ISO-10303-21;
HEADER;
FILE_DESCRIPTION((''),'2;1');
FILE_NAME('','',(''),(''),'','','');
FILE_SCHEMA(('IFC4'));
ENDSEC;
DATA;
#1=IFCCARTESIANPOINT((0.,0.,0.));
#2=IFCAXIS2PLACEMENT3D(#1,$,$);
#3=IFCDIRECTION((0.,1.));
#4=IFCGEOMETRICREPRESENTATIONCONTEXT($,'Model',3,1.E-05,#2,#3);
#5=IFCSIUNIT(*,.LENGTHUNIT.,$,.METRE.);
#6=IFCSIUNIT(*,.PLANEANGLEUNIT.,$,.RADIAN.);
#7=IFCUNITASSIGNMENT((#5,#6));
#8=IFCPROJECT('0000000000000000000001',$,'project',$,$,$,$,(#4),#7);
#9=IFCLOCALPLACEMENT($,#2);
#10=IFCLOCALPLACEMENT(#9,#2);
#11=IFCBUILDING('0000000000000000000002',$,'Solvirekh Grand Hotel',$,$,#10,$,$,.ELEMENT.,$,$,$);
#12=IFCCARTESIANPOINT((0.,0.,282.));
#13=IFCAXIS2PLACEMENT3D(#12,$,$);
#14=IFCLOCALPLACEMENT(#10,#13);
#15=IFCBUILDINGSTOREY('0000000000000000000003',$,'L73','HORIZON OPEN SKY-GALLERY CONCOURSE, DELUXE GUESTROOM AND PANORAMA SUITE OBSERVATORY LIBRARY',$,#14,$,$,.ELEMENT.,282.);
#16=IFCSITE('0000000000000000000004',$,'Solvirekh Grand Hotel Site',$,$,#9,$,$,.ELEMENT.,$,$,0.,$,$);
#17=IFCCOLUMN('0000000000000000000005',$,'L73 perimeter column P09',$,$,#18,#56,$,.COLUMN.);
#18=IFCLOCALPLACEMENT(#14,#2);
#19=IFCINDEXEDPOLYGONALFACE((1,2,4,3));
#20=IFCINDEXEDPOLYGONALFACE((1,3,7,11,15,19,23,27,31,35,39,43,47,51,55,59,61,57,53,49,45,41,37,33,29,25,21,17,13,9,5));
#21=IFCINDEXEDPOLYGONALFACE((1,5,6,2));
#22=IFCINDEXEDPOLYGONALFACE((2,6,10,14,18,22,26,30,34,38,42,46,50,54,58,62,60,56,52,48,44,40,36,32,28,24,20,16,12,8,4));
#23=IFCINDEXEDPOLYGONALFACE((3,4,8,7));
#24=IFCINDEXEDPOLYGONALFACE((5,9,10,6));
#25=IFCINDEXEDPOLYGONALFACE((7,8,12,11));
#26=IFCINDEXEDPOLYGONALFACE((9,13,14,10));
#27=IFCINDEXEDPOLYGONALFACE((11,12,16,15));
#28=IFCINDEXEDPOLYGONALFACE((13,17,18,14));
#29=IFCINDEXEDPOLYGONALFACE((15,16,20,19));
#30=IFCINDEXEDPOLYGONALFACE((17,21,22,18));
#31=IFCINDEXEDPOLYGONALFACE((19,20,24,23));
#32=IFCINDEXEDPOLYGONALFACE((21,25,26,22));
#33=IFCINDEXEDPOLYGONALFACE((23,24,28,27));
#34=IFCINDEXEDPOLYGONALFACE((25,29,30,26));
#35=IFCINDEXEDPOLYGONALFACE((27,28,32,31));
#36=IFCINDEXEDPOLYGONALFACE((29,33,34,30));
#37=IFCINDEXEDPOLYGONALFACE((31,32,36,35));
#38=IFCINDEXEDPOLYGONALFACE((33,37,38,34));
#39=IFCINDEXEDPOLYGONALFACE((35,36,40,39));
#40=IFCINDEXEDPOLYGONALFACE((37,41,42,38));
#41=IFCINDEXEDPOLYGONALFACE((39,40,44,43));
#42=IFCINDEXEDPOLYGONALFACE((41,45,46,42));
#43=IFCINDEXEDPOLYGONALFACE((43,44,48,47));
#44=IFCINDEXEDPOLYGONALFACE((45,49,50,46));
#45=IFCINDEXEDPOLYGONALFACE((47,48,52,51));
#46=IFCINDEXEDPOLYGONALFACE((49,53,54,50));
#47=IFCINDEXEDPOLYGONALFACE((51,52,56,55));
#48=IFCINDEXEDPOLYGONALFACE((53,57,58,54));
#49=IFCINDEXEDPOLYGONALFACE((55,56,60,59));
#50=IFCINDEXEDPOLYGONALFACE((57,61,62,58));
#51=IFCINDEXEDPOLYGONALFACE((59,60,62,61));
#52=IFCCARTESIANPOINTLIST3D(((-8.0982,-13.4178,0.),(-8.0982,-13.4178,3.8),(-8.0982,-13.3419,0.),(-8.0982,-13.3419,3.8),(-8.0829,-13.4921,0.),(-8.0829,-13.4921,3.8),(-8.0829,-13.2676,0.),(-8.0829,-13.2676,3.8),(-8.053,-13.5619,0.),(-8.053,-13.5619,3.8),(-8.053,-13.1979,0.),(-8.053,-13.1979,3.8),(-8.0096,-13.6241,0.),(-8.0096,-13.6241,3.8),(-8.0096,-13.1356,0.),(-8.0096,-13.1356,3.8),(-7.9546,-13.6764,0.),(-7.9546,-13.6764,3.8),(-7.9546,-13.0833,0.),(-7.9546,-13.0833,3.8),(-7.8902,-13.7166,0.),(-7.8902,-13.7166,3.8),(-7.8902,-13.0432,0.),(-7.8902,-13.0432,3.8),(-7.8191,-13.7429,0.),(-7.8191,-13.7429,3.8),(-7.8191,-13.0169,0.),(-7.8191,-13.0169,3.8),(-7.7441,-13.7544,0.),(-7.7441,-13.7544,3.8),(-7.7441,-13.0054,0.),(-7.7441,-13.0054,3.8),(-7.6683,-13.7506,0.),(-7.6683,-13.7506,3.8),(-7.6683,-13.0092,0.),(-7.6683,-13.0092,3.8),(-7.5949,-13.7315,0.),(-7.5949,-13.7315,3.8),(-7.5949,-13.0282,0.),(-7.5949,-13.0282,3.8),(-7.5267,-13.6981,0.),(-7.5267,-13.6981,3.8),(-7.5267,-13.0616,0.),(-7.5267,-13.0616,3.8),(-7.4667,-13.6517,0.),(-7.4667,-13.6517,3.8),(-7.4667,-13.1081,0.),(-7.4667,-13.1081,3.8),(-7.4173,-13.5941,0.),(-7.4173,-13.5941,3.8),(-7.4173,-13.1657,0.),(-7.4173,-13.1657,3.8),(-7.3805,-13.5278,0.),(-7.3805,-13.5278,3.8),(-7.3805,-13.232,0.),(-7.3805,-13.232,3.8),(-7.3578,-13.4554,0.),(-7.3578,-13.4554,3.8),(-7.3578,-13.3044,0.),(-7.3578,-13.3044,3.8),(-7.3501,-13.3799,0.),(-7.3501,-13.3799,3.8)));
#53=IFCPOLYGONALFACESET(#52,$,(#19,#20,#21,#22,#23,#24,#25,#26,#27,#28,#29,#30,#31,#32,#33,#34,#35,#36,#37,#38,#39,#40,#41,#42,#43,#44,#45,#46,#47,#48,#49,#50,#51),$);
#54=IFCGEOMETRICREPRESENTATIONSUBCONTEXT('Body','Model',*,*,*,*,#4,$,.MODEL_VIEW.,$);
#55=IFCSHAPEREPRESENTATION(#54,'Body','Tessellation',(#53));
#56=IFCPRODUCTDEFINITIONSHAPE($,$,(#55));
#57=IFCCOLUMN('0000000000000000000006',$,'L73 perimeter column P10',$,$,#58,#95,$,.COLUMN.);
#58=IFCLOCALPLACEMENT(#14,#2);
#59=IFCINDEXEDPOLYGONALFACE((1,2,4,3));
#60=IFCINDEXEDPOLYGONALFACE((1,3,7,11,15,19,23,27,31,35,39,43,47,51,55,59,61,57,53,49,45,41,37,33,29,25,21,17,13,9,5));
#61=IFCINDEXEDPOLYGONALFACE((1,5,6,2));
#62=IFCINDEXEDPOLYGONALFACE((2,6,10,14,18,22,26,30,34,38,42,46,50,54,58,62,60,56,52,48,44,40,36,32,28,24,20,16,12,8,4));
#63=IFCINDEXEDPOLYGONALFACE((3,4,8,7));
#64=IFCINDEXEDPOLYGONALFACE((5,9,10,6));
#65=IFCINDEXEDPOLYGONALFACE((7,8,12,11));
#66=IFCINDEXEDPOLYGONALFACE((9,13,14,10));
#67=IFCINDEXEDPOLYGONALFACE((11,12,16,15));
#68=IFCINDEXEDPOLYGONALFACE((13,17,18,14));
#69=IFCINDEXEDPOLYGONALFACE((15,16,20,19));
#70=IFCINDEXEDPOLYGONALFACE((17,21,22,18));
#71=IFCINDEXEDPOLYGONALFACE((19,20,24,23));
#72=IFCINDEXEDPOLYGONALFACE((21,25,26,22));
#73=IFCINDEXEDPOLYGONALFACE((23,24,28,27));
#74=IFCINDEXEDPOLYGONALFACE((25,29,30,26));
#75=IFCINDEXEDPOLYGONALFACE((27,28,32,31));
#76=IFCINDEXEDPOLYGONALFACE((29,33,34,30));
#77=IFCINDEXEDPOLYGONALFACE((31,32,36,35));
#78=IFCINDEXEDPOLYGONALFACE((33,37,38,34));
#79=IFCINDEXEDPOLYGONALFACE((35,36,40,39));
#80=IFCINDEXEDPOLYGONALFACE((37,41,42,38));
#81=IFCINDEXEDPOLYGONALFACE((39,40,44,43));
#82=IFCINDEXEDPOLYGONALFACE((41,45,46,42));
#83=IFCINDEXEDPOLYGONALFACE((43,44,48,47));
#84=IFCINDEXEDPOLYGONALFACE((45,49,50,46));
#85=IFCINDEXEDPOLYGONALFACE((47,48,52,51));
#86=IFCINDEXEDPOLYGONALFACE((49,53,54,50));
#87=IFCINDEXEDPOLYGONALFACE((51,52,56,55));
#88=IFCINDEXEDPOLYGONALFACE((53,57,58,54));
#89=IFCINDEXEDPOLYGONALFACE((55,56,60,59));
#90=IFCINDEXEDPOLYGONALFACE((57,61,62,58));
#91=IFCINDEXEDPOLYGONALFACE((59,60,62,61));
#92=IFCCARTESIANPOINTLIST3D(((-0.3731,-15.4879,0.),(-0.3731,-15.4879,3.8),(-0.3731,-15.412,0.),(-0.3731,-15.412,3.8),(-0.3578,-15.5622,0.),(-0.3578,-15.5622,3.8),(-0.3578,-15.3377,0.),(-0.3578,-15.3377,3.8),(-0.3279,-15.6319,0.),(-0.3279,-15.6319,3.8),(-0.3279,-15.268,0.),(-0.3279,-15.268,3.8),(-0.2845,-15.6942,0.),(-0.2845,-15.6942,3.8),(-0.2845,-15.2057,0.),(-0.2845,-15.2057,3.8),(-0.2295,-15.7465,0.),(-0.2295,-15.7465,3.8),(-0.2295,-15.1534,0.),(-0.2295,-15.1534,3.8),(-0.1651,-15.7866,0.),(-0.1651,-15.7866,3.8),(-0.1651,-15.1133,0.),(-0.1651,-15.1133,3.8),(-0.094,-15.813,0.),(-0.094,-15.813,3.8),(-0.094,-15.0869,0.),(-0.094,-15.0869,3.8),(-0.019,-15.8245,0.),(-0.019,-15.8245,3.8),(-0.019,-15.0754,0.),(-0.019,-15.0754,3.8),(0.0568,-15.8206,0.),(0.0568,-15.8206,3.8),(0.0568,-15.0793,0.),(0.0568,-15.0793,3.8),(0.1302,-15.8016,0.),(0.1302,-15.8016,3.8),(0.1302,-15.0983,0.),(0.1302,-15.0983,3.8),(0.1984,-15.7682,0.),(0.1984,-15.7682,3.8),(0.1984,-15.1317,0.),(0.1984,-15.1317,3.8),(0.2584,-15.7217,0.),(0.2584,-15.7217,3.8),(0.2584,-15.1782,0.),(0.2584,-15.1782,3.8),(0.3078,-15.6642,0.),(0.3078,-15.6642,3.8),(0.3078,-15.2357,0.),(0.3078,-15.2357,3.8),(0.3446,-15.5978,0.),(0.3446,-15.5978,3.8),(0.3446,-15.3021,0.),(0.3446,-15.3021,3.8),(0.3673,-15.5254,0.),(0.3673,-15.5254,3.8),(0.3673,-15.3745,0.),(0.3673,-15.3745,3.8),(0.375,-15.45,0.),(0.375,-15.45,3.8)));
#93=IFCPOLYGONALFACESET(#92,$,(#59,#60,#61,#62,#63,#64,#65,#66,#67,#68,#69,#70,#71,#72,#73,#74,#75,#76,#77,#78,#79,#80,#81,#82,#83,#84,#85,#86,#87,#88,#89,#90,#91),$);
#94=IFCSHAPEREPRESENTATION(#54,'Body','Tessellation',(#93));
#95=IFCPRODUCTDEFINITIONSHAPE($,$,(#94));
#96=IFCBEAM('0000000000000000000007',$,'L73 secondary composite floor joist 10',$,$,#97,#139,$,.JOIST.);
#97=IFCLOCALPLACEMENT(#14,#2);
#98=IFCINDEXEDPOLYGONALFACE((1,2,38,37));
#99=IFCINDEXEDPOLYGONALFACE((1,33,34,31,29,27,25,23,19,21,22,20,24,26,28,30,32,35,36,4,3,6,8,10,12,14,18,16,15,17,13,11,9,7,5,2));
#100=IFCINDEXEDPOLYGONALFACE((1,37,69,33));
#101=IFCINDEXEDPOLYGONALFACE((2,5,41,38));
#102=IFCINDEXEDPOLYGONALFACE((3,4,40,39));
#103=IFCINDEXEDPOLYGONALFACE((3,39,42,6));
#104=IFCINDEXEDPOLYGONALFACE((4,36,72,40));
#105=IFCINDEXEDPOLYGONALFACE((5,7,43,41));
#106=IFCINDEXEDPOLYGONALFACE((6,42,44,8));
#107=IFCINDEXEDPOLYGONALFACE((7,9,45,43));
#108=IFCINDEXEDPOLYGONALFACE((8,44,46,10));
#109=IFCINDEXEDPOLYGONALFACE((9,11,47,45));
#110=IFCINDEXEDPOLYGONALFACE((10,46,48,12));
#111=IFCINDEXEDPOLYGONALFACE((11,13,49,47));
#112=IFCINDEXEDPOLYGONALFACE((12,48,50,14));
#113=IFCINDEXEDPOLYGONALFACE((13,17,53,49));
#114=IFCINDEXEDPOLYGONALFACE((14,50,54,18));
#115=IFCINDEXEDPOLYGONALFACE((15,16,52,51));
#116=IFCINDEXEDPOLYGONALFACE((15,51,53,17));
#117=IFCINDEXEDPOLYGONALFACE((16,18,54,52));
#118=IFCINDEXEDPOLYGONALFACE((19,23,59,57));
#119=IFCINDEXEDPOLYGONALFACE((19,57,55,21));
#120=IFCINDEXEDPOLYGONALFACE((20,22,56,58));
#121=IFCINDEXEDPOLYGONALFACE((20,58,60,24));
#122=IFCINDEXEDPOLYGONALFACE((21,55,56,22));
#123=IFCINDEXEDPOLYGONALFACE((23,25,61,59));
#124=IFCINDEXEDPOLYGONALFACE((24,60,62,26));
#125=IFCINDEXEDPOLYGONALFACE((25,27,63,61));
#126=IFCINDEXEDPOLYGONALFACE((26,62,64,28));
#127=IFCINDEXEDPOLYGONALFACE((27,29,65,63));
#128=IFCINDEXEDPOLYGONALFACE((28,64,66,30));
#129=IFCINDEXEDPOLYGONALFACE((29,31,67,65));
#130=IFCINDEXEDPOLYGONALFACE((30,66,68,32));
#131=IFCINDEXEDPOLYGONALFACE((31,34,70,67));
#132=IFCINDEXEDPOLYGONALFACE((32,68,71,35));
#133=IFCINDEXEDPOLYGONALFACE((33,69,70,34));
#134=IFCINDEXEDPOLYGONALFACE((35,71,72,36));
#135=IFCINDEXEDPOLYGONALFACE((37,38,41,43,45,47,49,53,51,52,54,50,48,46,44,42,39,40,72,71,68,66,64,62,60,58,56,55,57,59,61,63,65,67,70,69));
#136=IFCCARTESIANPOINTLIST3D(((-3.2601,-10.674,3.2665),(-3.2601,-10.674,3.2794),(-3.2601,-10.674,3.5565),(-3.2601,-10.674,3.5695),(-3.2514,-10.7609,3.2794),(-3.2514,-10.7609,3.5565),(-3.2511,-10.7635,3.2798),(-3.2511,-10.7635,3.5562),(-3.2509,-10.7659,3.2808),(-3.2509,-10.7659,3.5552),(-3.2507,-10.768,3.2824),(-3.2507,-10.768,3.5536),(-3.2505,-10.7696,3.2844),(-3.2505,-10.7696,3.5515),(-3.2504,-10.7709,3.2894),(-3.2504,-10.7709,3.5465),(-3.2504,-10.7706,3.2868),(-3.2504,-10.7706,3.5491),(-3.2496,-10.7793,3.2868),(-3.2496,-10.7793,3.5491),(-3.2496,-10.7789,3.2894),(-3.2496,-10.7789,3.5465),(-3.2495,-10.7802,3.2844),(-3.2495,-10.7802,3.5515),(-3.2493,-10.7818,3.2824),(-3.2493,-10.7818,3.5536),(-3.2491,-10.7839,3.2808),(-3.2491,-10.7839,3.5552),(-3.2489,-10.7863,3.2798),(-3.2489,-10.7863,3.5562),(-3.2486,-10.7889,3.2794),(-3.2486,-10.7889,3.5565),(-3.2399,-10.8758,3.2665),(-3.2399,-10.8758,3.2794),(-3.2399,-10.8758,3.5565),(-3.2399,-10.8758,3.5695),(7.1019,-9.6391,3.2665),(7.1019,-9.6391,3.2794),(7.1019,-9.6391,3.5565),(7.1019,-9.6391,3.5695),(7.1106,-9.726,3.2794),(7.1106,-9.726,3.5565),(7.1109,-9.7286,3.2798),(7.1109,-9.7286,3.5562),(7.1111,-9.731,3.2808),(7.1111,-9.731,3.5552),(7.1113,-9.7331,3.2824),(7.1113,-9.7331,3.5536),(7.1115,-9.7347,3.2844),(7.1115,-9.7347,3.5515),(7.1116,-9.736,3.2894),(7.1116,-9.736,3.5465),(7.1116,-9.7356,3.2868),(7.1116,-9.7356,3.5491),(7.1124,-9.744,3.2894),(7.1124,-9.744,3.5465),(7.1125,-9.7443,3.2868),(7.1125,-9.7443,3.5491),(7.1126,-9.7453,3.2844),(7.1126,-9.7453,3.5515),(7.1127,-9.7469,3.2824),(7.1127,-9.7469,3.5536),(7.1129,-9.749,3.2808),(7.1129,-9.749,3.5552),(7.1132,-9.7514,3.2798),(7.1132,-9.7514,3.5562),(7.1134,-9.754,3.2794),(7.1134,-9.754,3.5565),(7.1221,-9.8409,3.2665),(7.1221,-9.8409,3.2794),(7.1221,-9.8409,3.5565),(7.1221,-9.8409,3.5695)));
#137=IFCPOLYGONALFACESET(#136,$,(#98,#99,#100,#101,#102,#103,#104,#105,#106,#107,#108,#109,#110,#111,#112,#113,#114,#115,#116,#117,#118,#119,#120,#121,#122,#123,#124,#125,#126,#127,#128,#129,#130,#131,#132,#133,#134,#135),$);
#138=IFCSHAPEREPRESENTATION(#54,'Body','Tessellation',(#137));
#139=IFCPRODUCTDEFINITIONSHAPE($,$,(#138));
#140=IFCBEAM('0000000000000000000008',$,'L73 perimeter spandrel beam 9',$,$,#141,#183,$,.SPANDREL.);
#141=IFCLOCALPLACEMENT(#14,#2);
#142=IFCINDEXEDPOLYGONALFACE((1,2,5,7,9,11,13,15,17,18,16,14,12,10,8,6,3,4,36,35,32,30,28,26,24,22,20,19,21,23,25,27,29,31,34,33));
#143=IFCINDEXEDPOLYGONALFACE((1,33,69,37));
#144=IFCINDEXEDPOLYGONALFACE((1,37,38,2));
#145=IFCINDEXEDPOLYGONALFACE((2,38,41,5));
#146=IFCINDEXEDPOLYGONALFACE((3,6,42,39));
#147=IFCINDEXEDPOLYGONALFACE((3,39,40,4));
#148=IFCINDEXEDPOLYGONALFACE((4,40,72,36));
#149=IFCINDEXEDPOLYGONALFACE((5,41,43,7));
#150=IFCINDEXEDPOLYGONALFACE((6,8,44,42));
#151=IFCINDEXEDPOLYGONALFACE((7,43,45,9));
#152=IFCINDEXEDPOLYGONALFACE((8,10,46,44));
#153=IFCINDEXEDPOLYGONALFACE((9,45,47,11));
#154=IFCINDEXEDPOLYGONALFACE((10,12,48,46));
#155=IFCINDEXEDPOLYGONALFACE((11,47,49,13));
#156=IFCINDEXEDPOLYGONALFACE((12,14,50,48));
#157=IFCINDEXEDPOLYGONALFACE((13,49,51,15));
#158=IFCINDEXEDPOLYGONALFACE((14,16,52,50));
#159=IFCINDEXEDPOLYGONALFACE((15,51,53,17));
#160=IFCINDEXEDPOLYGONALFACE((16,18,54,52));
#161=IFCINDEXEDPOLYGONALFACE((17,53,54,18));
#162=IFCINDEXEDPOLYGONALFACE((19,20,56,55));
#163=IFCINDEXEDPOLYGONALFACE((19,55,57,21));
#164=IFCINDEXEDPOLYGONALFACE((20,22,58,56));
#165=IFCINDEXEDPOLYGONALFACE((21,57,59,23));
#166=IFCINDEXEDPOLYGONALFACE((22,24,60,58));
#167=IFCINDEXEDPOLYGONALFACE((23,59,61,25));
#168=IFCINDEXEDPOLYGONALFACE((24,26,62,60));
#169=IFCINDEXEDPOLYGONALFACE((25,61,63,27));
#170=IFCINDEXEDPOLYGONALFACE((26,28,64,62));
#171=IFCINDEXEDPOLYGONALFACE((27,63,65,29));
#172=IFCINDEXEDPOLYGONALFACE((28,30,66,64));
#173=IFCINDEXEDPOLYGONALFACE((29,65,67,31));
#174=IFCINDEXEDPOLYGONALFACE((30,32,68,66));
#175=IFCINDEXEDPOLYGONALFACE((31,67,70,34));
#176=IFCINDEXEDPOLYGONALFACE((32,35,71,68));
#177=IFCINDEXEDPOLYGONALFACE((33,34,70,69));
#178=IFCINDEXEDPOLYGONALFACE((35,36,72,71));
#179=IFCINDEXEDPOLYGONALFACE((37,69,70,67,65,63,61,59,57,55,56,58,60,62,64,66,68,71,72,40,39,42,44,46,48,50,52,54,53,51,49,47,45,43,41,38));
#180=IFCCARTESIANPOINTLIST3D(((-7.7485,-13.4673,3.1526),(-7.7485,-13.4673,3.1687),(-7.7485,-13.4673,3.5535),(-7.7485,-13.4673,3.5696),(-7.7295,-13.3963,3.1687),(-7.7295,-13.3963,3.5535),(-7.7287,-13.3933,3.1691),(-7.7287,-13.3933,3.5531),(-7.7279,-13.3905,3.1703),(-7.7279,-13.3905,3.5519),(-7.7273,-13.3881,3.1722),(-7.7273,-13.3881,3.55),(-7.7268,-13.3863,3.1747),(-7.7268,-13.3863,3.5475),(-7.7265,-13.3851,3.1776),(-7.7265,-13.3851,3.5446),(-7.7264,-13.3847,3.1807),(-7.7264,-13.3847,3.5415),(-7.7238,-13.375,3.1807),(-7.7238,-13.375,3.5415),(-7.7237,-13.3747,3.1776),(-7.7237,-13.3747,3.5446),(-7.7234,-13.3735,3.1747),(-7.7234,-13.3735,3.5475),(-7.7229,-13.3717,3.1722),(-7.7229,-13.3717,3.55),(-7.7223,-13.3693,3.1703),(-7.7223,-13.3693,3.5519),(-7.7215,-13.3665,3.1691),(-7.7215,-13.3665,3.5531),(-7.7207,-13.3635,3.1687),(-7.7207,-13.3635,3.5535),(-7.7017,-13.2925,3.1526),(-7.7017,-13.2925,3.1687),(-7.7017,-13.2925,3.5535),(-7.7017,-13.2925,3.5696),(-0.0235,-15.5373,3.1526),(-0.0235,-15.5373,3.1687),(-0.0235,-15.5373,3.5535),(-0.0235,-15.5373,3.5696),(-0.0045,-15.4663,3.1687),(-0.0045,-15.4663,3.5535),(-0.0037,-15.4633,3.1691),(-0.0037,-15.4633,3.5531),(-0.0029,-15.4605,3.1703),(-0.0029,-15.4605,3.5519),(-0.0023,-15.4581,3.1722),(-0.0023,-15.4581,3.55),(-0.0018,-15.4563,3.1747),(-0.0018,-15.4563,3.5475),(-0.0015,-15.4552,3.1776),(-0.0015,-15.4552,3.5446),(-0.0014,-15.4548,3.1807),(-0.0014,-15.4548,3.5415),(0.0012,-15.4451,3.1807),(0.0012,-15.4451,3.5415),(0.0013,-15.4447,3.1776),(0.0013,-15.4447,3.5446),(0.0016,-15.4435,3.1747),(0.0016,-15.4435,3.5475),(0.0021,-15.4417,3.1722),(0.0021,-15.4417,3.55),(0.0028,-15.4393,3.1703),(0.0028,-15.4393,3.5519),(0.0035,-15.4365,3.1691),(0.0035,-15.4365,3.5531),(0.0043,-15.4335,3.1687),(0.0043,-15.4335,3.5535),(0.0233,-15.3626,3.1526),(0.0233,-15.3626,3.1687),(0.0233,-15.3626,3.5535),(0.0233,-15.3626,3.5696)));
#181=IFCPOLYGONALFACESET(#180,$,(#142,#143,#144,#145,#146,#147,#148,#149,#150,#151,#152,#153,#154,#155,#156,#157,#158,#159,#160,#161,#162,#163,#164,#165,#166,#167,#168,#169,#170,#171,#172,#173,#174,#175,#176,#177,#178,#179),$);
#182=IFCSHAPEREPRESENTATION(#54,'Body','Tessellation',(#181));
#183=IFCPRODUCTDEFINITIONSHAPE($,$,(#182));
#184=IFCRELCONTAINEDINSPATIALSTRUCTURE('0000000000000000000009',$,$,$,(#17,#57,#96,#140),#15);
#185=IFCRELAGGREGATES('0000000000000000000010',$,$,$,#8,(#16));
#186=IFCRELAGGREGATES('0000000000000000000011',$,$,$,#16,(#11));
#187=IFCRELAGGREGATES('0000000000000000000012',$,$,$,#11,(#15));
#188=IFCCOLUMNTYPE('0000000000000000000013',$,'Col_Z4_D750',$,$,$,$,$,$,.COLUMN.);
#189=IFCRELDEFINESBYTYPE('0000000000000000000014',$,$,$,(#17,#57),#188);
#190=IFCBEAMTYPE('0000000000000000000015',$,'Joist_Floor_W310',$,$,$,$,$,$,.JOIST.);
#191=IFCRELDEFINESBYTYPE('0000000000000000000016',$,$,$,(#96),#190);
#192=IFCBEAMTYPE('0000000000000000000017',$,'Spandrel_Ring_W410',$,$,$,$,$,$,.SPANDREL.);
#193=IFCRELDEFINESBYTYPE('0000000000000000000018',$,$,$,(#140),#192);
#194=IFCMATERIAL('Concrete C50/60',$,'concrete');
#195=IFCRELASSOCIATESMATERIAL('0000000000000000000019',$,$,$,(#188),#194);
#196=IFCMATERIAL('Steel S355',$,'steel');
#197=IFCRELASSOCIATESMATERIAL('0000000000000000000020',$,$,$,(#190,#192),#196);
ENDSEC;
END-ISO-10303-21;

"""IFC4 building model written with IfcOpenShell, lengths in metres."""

from ifc_helpers import new_model, si_unit, direction, frame, origin, origin_2d, place, context, subcontext, project, spatial, circle, i_section, extrude, material, material_profile, profile_set, type_object, element, save


model = new_model("IFC4")

# Units and contexts
model_context = context("Model", 3, precision=1e-05, world=origin(), true_north=direction((0.0, 1.0)))
body_context = subcontext(model_context, "Body", "Model", "MODEL_VIEW")
ifc_project = project(units=[si_unit("LENGTHUNIT", "METRE"), si_unit("PLANEANGLEUNIT", "RADIAN")], contexts=[model_context])

# Site, building, storey
site_placement = place(None, origin())
site = spatial("IfcSite", under=ifc_project, at=site_placement, Name="Solvirekh Grand Hotel Site", CompositionType="ELEMENT", RefElevation=0.0)
building_placement = place(site_placement, origin())
building = spatial("IfcBuilding", under=site, at=building_placement, Name="Solvirekh Grand Hotel", CompositionType="ELEMENT")
storey_placement = place(building_placement, frame((0.0, 0.0, 282.0)))
storey = spatial("IfcBuildingStorey", under=building, at=storey_placement, Name="L73", Description="HORIZON OPEN SKY-GALLERY CONCOURSE, DELUXE GUESTROOM AND PANORAMA SUITE OBSERVATORY LIBRARY", CompositionType="ELEMENT", Elevation=282.0)

# Columns
ifc_material_1 = material(Name="Concrete C50/60", Category="concrete")
ifc_material_profile_1 = material_profile(ifc_material_1, circle(Radius=0.375, at=origin_2d()), Name="RC CIRC D750")
ifc_profile_set_1 = profile_set([ifc_material_profile_1], Name="Concrete C50/60")
column_type = type_object("IfcColumnType", Name="Col_Z4_D750", PredefinedType="COLUMN", material=ifc_profile_set_1)
for number, where, z_axis, x_axis, name in (
    (1, (-7.7251, -13.3799, 0.0), (0.0, 0.0, 1.0), (1.0, 0.0, 0.0), "L73 perimeter column P09"),
    (2, (0.0, -15.45, 0.0), (0.0, 0.0, 1.0), (1.0, 0.0, 0.0), "L73 perimeter column P10"),
):
    element("IfcColumn", number, at=place(storey_placement, frame(where, z_axis=z_axis, x_axis=x_axis)), inside=storey, type_object=column_type, Name=name, PredefinedType="COLUMN", context=body_context, shape_type="SweptSolid", body=[
        extrude(circle(Radius=0.375, at=origin_2d()), origin(), (0.0, 0.0, 1.0), 3.8),
    ])

# Beams
ifc_material_2 = material(Name="Steel S355", Category="steel")
ifc_material_profile_2 = material_profile(ifc_material_2, i_section(OverallWidth=0.2029, OverallDepth=0.303, WebThickness=0.0081, FlangeThickness=0.0129, FilletRadius=0.01, at=origin_2d()), Name="W310X60")
ifc_profile_set_2 = profile_set([ifc_material_profile_2], Name="Steel S355")
beam_type_1 = type_object("IfcBeamType", Name="Joist_Floor_W310", PredefinedType="JOIST", material=ifc_profile_set_2)
beam_placement = place(storey_placement, frame((-3.25, -10.7749, 3.418), z_axis=(0.995049, 0.099381, 0.0), x_axis=(-0.099381, 0.995049, 0.0)))
element("IfcBeam", 3, at=beam_placement, inside=storey, type_object=beam_type_1, Name="L73 secondary composite floor joist 10", PredefinedType="JOIST", context=body_context, shape_type="SweptSolid", body=[
    extrude(i_section(OverallWidth=0.2029, OverallDepth=0.303, WebThickness=0.0081, FlangeThickness=0.0129, FilletRadius=0.01, at=origin_2d()), origin(), (0.0, 0.0, 1.0), 10.4136),
])
ifc_material_profile_3 = material_profile(ifc_material_2, i_section(OverallWidth=0.1809, OverallDepth=0.417, WebThickness=0.01, FlangeThickness=0.0161, FilletRadius=0.012, at=origin_2d()), Name="W410X85")
ifc_profile_set_3 = profile_set([ifc_material_profile_3], Name="Steel S355")
beam_type_2 = type_object("IfcBeamType", Name="Spandrel_Ring_W410", PredefinedType="SPANDREL", material=ifc_profile_set_3)
for number, where, z_axis, x_axis, name in (
    (4, (-7.7251, -13.3799, 3.3611), (0.965922, -0.258835, 0.0), (0.258835, 0.965922, 0.0), "L73 perimeter spandrel beam 9"),
):
    element("IfcBeam", number, at=place(storey_placement, frame(where, z_axis=z_axis, x_axis=x_axis)), inside=storey, type_object=beam_type_2, Name=name, PredefinedType="SPANDREL", context=body_context, shape_type="SweptSolid", body=[
        extrude(i_section(OverallWidth=0.1809, OverallDepth=0.417, WebThickness=0.01, FlangeThickness=0.0161, FilletRadius=0.012, at=origin_2d()), origin(), (0.0, 0.0, 1.0), 7.9976),
    ])

save(model, "model.ifc")
